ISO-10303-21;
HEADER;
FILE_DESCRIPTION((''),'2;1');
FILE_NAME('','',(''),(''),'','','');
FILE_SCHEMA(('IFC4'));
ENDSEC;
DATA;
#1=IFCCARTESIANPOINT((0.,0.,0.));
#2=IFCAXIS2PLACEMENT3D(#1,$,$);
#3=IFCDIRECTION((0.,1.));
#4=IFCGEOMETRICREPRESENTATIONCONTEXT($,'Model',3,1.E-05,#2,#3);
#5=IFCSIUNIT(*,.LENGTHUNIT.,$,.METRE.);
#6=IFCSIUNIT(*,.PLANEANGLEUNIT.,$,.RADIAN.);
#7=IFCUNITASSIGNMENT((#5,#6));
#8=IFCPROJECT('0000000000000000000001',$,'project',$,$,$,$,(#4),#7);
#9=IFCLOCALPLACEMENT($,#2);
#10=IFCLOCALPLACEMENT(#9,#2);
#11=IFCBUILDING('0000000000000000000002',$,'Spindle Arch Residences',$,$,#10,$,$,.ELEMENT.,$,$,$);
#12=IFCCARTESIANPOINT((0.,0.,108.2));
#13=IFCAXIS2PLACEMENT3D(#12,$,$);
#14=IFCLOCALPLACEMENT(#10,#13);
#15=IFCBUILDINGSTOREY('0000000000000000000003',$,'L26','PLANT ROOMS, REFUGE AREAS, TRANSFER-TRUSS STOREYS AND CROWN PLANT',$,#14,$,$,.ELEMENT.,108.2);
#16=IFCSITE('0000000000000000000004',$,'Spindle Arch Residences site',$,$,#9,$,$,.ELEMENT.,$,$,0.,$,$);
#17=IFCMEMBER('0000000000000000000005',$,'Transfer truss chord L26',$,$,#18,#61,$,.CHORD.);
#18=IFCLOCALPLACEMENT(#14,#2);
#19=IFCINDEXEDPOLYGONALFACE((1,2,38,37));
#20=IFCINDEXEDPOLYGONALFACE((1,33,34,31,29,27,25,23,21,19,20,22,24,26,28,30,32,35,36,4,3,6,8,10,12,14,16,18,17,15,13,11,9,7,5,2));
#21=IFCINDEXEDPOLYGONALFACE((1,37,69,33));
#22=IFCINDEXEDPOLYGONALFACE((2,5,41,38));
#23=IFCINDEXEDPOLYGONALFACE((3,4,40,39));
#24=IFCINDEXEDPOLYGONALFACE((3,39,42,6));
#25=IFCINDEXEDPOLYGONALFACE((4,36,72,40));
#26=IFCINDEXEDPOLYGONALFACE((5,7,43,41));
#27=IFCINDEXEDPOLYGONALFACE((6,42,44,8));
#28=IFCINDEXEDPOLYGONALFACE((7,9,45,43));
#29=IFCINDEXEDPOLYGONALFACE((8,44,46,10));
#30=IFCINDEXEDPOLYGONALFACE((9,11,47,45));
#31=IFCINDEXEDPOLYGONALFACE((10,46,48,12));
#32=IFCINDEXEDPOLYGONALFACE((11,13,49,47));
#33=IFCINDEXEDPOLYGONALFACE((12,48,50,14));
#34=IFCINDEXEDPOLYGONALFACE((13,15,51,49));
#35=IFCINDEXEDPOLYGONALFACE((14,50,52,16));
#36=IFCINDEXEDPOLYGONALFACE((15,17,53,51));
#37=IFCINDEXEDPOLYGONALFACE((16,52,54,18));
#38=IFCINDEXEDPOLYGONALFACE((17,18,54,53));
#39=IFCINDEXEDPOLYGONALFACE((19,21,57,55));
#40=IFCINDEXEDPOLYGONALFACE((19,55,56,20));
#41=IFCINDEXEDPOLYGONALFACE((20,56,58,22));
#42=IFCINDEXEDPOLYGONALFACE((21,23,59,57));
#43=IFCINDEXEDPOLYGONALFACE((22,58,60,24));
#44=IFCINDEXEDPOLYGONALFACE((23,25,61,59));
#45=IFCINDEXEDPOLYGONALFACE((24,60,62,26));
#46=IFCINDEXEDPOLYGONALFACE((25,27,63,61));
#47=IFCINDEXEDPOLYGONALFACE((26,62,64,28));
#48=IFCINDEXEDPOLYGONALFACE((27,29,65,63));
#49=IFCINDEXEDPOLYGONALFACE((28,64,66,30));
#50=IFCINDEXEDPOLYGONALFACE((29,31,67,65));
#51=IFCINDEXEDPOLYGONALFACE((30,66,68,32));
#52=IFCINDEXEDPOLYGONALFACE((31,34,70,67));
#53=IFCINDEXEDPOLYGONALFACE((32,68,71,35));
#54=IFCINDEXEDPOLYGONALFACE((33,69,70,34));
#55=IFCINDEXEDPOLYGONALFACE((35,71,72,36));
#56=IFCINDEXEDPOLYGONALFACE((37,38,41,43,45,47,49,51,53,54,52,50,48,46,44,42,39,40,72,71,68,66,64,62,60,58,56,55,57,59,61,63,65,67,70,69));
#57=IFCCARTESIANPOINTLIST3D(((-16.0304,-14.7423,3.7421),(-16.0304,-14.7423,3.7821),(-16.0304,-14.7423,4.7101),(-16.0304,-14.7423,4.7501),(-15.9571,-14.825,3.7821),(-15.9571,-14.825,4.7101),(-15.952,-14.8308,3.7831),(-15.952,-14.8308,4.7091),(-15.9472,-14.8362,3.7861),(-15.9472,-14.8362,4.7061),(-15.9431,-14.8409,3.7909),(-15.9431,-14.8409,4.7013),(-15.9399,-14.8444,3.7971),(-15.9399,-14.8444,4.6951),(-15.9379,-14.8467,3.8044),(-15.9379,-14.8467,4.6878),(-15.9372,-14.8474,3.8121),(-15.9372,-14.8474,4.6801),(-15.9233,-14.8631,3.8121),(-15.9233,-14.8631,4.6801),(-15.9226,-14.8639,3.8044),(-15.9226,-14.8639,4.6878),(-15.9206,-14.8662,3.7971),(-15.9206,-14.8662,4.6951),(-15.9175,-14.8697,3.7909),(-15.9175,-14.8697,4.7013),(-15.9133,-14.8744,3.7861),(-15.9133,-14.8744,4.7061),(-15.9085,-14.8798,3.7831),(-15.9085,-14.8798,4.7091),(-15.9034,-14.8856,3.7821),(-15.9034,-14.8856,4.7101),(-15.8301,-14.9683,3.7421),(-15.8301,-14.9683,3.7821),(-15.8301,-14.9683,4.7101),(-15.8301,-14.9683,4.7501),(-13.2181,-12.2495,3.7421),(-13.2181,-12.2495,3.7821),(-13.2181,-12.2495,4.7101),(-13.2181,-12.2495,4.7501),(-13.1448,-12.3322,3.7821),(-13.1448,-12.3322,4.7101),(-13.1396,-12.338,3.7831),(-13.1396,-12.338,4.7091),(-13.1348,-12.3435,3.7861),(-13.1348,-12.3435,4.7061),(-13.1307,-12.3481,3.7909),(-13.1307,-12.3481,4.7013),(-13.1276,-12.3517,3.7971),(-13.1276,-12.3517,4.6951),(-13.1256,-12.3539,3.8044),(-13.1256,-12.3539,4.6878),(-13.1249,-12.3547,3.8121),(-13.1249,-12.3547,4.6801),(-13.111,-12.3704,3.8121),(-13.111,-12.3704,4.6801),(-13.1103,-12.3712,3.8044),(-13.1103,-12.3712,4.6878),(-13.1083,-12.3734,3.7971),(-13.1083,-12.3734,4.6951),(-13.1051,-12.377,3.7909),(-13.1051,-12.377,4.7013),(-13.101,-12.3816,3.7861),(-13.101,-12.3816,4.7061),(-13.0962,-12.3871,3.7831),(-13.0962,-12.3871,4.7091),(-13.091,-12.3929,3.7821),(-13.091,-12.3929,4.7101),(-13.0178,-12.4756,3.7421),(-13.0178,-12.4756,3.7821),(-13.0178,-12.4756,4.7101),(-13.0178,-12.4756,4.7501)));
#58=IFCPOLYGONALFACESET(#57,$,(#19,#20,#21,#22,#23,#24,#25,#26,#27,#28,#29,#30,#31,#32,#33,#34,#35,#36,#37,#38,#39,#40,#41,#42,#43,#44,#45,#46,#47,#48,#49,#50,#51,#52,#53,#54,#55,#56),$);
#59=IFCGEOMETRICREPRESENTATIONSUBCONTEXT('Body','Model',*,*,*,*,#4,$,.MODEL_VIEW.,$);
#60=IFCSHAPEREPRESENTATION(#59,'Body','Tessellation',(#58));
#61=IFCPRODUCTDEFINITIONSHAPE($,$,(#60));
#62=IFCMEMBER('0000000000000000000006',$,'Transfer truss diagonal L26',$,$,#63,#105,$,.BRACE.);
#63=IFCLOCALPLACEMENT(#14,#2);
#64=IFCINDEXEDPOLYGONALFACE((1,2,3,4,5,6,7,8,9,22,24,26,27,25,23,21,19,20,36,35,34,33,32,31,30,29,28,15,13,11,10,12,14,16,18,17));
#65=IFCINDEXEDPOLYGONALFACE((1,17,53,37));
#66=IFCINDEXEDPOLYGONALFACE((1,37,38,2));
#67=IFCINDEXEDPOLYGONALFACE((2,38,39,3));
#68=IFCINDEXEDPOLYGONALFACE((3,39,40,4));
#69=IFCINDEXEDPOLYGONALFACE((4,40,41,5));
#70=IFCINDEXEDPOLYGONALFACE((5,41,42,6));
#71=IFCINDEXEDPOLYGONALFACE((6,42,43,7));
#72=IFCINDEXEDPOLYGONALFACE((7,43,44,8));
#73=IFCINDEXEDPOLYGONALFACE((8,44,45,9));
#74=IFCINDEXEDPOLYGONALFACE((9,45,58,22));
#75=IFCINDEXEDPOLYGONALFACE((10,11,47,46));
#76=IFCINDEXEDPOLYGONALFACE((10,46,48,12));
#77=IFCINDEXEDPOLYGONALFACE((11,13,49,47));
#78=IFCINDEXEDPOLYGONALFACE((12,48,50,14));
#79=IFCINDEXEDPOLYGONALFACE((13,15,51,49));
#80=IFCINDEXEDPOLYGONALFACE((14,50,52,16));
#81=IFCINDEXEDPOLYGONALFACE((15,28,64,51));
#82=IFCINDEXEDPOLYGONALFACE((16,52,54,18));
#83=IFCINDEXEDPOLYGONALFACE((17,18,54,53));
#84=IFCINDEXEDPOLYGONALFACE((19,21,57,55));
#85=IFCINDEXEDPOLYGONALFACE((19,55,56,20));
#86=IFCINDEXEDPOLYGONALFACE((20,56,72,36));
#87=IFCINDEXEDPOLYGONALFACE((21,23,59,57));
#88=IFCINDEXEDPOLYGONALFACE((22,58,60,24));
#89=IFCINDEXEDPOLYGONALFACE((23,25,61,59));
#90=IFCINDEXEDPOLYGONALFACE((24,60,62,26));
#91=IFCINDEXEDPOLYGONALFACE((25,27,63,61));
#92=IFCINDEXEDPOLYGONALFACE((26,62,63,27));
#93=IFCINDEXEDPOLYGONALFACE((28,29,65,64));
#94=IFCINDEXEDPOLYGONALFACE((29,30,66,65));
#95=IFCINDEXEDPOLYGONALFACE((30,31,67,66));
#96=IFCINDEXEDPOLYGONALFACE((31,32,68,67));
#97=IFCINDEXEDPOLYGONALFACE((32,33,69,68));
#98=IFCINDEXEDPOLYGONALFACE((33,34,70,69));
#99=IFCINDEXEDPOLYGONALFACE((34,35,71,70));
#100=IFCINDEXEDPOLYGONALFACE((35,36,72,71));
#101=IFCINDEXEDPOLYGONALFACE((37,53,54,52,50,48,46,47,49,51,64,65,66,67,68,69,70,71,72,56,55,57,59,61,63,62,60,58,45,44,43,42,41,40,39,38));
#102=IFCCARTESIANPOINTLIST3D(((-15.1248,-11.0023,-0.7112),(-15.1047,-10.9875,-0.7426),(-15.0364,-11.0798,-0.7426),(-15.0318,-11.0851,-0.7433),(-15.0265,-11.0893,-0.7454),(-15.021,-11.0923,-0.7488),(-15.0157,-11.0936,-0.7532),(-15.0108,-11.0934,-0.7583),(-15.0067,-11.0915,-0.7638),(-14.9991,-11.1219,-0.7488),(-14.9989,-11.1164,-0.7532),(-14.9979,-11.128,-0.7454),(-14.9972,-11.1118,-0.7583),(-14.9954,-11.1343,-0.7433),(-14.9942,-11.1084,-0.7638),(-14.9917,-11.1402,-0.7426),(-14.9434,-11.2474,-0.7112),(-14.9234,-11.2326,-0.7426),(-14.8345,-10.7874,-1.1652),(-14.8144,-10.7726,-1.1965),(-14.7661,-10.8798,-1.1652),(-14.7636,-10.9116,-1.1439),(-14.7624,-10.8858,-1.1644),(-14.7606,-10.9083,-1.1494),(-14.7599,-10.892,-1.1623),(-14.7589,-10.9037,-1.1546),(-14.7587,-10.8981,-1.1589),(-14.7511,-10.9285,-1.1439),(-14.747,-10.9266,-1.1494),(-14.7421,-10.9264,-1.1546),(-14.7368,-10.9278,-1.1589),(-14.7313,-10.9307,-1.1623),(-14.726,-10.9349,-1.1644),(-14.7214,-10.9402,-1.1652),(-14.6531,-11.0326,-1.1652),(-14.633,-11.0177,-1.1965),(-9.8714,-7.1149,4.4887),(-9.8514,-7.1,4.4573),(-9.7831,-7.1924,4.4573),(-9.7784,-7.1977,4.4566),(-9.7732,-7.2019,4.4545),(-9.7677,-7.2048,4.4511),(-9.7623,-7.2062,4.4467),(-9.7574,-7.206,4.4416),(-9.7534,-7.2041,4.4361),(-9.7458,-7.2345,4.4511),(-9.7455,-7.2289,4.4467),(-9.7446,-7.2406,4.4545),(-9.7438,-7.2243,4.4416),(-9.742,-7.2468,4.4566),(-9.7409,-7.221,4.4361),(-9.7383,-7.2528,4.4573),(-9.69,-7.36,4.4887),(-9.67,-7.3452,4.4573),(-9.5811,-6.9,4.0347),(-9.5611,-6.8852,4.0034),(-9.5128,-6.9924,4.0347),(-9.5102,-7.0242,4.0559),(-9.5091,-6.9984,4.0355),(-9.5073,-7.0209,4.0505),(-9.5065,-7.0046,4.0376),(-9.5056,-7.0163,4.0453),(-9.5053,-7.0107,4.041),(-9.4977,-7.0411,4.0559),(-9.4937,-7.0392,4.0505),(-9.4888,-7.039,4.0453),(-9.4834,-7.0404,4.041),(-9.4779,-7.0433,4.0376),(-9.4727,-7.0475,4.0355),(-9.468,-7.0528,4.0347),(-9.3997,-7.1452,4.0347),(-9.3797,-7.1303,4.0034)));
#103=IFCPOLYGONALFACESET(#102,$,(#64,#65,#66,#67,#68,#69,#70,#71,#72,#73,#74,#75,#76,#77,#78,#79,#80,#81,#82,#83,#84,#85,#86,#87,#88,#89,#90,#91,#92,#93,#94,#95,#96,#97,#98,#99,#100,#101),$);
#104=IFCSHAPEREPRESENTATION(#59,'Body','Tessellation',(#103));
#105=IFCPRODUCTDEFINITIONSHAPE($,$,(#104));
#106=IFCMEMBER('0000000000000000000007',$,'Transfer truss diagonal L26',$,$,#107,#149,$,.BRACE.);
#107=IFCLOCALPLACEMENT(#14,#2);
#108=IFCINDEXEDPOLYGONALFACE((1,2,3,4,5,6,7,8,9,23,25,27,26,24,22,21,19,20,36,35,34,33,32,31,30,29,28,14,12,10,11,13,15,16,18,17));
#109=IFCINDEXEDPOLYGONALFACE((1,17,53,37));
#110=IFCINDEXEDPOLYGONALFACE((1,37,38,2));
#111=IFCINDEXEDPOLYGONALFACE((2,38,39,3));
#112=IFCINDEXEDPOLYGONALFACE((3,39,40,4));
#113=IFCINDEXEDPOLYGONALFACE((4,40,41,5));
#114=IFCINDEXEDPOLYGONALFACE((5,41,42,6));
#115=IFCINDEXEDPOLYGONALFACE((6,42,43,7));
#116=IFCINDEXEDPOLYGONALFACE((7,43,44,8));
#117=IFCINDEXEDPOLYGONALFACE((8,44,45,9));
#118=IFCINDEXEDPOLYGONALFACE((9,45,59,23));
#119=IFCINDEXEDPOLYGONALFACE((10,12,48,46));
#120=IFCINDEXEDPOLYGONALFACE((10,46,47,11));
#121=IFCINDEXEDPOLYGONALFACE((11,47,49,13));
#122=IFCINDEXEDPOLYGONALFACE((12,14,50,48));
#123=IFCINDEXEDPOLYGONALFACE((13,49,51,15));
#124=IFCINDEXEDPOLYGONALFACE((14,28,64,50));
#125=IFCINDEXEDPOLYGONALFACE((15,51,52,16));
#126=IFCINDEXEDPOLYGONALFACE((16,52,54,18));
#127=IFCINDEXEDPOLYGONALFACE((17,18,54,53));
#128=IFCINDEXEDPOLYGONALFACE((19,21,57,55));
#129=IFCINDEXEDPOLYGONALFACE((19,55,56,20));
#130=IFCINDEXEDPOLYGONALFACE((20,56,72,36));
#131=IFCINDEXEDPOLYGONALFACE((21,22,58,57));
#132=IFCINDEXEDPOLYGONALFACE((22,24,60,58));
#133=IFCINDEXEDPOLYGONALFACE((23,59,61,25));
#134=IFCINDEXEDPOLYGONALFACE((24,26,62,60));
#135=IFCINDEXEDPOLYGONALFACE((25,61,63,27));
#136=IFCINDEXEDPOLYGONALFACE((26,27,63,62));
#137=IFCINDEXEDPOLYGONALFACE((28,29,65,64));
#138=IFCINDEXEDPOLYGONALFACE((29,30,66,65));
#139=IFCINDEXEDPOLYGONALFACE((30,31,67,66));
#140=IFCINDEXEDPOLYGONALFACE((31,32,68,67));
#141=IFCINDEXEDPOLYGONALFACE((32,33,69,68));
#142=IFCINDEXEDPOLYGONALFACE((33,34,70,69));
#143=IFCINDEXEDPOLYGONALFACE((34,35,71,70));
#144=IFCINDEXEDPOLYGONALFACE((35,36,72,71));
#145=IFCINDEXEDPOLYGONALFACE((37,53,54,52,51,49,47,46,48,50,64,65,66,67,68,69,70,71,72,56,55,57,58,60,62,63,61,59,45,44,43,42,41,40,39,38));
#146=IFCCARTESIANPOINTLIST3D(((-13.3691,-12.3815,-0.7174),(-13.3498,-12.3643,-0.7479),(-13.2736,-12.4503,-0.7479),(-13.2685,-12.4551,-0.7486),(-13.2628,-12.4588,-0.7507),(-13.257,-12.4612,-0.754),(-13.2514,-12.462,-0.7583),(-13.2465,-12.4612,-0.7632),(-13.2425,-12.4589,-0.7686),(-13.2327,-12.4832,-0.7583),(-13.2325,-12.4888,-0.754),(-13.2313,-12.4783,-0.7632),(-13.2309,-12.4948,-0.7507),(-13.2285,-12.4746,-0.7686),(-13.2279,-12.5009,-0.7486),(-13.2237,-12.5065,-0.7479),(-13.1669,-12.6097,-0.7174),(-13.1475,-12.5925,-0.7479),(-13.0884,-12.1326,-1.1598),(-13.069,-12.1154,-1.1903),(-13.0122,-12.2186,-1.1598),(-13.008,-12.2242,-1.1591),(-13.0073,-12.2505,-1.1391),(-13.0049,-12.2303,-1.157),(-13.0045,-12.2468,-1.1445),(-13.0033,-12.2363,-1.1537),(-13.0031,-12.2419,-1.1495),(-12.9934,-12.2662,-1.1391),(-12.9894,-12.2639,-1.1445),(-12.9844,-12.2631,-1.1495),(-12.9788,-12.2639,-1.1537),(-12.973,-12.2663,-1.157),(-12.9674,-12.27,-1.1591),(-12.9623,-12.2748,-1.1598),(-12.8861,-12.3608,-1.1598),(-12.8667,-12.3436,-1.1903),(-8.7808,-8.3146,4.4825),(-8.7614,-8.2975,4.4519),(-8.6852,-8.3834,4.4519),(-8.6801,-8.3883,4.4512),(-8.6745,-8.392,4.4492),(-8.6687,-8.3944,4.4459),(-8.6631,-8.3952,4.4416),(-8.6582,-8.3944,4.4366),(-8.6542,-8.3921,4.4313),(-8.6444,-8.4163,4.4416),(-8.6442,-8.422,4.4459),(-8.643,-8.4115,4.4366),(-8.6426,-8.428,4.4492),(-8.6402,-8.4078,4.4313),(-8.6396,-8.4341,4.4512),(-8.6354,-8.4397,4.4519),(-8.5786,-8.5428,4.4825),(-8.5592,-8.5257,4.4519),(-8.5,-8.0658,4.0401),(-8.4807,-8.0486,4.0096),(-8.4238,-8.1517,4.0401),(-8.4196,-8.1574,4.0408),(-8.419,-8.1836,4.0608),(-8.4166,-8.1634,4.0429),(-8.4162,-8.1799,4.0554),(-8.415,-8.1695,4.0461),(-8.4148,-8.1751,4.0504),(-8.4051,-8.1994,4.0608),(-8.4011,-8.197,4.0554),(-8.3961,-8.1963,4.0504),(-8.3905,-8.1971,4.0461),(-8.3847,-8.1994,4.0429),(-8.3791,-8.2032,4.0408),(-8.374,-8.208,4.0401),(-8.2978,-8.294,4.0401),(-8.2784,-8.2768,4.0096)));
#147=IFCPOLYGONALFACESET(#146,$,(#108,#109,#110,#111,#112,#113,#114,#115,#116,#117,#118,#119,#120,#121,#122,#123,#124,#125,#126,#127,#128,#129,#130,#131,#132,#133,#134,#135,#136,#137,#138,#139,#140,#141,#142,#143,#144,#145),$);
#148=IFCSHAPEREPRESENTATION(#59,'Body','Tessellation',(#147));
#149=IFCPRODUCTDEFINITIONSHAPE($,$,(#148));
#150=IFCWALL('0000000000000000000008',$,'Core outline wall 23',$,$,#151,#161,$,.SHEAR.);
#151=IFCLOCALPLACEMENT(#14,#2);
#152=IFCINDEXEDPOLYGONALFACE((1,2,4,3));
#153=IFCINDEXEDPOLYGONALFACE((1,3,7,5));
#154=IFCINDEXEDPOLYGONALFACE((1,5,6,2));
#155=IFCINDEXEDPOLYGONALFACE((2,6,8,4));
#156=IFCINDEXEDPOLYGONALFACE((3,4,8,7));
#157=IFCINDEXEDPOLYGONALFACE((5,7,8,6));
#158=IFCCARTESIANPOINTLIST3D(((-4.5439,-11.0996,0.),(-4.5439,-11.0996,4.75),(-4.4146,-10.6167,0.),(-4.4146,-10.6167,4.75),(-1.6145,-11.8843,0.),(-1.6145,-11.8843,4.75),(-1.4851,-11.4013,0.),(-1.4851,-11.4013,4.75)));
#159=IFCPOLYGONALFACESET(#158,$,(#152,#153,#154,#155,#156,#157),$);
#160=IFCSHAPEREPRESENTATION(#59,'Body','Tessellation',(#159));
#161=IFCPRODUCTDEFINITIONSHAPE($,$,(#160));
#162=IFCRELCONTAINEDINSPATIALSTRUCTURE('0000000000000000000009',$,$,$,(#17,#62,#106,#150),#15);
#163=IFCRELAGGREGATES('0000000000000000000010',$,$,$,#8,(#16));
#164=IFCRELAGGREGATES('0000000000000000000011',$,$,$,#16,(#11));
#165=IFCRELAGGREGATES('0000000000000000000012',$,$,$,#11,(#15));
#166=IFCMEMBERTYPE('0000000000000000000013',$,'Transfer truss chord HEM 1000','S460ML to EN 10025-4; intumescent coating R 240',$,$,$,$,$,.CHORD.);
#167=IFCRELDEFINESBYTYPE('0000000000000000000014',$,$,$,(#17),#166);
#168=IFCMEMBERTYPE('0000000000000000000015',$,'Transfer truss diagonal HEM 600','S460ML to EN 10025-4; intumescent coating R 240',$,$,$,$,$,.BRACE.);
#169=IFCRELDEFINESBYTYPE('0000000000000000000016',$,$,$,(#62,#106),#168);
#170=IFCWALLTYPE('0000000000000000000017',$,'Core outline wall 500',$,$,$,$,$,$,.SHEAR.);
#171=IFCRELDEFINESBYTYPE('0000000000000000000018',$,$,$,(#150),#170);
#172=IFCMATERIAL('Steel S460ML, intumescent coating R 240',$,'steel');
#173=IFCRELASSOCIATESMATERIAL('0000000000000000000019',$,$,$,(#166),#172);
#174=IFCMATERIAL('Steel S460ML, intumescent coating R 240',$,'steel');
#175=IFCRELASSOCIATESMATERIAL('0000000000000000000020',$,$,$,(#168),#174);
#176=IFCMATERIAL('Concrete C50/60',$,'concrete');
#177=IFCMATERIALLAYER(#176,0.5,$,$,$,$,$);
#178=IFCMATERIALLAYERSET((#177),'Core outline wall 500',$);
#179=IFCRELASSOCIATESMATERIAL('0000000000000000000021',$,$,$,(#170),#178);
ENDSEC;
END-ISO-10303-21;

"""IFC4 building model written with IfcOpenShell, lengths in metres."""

from ifc_helpers import new_model, si_unit, direction, frame, frame_2d, origin, origin_2d, place, context, subcontext, project, spatial, rectangle, i_section, extrude, material, layer, layer_set, material_profile, profile_set, type_object, element, save


model = new_model("IFC4")

# Units and contexts
model_context = context("Model", 3, precision=1e-05, world=origin(), true_north=direction((0.0, 1.0)))
body_context = subcontext(model_context, "Body", "Model", "MODEL_VIEW")
ifc_project = project(units=[si_unit("LENGTHUNIT", "METRE"), si_unit("PLANEANGLEUNIT", "RADIAN")], contexts=[model_context])

# Site, building, storey
site_placement = place(None, origin())
site = spatial("IfcSite", under=ifc_project, at=site_placement, Name="Spindle Arch Residences site", CompositionType="ELEMENT", RefElevation=0.0)
building_placement = place(site_placement, origin())
building = spatial("IfcBuilding", under=site, at=building_placement, Name="Spindle Arch Residences", CompositionType="ELEMENT")
storey_placement = place(building_placement, frame((0.0, 0.0, 108.2)))
storey = spatial("IfcBuildingStorey", under=building, at=storey_placement, Name="L26", Description="PLANT ROOMS, REFUGE AREAS, TRANSFER-TRUSS STOREYS AND CROWN PLANT", CompositionType="ELEMENT", Elevation=108.2)

# Members
ifc_material_1 = material(Name="Steel S460ML, intumescent coating R 240", Category="steel")
ifc_material_profile_1 = material_profile(ifc_material_1, i_section(OverallWidth=0.302, OverallDepth=1.0081, WebThickness=0.021, FlangeThickness=0.04, FilletRadius=0.03, at=origin_2d()), Name="HEM 1000")
ifc_profile_set_1 = profile_set([ifc_material_profile_1], Name="Steel S460ML, intumescent coating R 240")
member_type_1 = type_object("IfcMemberType", Name="Transfer truss chord HEM 1000", Description="S460ML to EN 10025-4; intumescent coating R 240", PredefinedType="CHORD", material=ifc_profile_set_1)
for number, where, z_axis, x_axis, name in (
    (1, (-13.1179, -12.3625, 4.2461), (-0.748348, -0.663307, 0.0), (0.663307, -0.748348, 0.0), "Transfer truss chord L26"),
):
    element("IfcMember", number, at=place(storey_placement, frame(where, z_axis=z_axis, x_axis=x_axis)), inside=storey, type_object=member_type_1, Name=name, PredefinedType="CHORD", context=body_context, shape_type="SweptSolid", body=[
        extrude(i_section(OverallWidth=0.302, OverallDepth=1.0081, WebThickness=0.021, FlangeThickness=0.04, FilletRadius=0.03, at=origin_2d()), origin(), (0.0, 0.0, 1.0), 3.7581),
    ])
ifc_material_2 = material(Name="Steel S460ML, intumescent coating R 240", Category="steel")
ifc_material_profile_2 = material_profile(ifc_material_2, i_section(OverallWidth=0.3049, OverallDepth=0.6201, WebThickness=0.021, FlangeThickness=0.04, FilletRadius=0.0271, at=origin_2d()), Name="HEM 600")
ifc_profile_set_2 = profile_set([ifc_material_profile_2], Name="Steel S460ML, intumescent coating R 240")
member_type_2 = type_object("IfcMemberType", Name="Transfer truss diagonal HEM 600", Description="S460ML to EN 10025-4; intumescent coating R 240", PredefinedType="BRACE", material=ifc_profile_set_2)
member_1_placement = place(storey_placement, frame((-14.8789, -11.01, -0.9539), z_axis=(0.629027, 0.465471, 0.622625), x_axis=(-0.594835, 0.803848, 0.0)))
element("IfcMember", 2, at=member_1_placement, inside=storey, type_object=member_type_2, Name="Transfer truss diagonal L26", PredefinedType="BRACE", context=body_context, shape_type="SweptSolid", body=[
    extrude(i_section(OverallWidth=0.3049, OverallDepth=0.6201, WebThickness=0.021, FlangeThickness=0.04, FilletRadius=0.0271, at=origin_2d()), origin(), (0.0, 0.0, 1.0), 8.3516),
])
member_2_placement = place(storey_placement, frame((-13.1179, -12.3625, -0.9539), z_axis=(0.570735, 0.505869, 0.646806), x_axis=(-0.6633, 0.748353, 0.0)))
element("IfcMember", 3, at=member_2_placement, inside=storey, type_object=member_type_2, Name="Transfer truss diagonal L26", PredefinedType="BRACE", context=body_context, shape_type="SweptSolid", body=[
    extrude(i_section(OverallWidth=0.3049, OverallDepth=0.6201, WebThickness=0.021, FlangeThickness=0.04, FilletRadius=0.0271, at=origin_2d()), origin(), (0.0, 0.0, 1.0), 8.0393),
])

# Wall
ifc_material_3 = material(Name="Concrete C50/60", Category="concrete")
ifc_layer_1 = layer(ifc_material_3, 0.5)
ifc_layer_set_1 = layer_set([ifc_layer_1], Name="Core outline wall 500")
wall_type_1 = type_object("IfcWallType", Name="Core outline wall 500", PredefinedType="SHEAR", material=ifc_layer_set_1)
wall_1_placement = place(storey_placement, frame((-4.4792, -10.8582, 0.0), z_axis=(0.0, 0.0, 1.0), x_axis=(0.965948, -0.258735, 0.0)))
element("IfcWall", 4, at=wall_1_placement, inside=storey, type_object=wall_type_1, Name="Core outline wall 23", PredefinedType="SHEAR", context=body_context, shape_type="SweptSolid", body=[
    extrude(rectangle(XDim=3.0327, YDim=0.5, at=frame_2d((1.5164, 0.0))), origin(), (0.0, 0.0, 1.0), 4.75),
])

save(model, "model.ifc")
